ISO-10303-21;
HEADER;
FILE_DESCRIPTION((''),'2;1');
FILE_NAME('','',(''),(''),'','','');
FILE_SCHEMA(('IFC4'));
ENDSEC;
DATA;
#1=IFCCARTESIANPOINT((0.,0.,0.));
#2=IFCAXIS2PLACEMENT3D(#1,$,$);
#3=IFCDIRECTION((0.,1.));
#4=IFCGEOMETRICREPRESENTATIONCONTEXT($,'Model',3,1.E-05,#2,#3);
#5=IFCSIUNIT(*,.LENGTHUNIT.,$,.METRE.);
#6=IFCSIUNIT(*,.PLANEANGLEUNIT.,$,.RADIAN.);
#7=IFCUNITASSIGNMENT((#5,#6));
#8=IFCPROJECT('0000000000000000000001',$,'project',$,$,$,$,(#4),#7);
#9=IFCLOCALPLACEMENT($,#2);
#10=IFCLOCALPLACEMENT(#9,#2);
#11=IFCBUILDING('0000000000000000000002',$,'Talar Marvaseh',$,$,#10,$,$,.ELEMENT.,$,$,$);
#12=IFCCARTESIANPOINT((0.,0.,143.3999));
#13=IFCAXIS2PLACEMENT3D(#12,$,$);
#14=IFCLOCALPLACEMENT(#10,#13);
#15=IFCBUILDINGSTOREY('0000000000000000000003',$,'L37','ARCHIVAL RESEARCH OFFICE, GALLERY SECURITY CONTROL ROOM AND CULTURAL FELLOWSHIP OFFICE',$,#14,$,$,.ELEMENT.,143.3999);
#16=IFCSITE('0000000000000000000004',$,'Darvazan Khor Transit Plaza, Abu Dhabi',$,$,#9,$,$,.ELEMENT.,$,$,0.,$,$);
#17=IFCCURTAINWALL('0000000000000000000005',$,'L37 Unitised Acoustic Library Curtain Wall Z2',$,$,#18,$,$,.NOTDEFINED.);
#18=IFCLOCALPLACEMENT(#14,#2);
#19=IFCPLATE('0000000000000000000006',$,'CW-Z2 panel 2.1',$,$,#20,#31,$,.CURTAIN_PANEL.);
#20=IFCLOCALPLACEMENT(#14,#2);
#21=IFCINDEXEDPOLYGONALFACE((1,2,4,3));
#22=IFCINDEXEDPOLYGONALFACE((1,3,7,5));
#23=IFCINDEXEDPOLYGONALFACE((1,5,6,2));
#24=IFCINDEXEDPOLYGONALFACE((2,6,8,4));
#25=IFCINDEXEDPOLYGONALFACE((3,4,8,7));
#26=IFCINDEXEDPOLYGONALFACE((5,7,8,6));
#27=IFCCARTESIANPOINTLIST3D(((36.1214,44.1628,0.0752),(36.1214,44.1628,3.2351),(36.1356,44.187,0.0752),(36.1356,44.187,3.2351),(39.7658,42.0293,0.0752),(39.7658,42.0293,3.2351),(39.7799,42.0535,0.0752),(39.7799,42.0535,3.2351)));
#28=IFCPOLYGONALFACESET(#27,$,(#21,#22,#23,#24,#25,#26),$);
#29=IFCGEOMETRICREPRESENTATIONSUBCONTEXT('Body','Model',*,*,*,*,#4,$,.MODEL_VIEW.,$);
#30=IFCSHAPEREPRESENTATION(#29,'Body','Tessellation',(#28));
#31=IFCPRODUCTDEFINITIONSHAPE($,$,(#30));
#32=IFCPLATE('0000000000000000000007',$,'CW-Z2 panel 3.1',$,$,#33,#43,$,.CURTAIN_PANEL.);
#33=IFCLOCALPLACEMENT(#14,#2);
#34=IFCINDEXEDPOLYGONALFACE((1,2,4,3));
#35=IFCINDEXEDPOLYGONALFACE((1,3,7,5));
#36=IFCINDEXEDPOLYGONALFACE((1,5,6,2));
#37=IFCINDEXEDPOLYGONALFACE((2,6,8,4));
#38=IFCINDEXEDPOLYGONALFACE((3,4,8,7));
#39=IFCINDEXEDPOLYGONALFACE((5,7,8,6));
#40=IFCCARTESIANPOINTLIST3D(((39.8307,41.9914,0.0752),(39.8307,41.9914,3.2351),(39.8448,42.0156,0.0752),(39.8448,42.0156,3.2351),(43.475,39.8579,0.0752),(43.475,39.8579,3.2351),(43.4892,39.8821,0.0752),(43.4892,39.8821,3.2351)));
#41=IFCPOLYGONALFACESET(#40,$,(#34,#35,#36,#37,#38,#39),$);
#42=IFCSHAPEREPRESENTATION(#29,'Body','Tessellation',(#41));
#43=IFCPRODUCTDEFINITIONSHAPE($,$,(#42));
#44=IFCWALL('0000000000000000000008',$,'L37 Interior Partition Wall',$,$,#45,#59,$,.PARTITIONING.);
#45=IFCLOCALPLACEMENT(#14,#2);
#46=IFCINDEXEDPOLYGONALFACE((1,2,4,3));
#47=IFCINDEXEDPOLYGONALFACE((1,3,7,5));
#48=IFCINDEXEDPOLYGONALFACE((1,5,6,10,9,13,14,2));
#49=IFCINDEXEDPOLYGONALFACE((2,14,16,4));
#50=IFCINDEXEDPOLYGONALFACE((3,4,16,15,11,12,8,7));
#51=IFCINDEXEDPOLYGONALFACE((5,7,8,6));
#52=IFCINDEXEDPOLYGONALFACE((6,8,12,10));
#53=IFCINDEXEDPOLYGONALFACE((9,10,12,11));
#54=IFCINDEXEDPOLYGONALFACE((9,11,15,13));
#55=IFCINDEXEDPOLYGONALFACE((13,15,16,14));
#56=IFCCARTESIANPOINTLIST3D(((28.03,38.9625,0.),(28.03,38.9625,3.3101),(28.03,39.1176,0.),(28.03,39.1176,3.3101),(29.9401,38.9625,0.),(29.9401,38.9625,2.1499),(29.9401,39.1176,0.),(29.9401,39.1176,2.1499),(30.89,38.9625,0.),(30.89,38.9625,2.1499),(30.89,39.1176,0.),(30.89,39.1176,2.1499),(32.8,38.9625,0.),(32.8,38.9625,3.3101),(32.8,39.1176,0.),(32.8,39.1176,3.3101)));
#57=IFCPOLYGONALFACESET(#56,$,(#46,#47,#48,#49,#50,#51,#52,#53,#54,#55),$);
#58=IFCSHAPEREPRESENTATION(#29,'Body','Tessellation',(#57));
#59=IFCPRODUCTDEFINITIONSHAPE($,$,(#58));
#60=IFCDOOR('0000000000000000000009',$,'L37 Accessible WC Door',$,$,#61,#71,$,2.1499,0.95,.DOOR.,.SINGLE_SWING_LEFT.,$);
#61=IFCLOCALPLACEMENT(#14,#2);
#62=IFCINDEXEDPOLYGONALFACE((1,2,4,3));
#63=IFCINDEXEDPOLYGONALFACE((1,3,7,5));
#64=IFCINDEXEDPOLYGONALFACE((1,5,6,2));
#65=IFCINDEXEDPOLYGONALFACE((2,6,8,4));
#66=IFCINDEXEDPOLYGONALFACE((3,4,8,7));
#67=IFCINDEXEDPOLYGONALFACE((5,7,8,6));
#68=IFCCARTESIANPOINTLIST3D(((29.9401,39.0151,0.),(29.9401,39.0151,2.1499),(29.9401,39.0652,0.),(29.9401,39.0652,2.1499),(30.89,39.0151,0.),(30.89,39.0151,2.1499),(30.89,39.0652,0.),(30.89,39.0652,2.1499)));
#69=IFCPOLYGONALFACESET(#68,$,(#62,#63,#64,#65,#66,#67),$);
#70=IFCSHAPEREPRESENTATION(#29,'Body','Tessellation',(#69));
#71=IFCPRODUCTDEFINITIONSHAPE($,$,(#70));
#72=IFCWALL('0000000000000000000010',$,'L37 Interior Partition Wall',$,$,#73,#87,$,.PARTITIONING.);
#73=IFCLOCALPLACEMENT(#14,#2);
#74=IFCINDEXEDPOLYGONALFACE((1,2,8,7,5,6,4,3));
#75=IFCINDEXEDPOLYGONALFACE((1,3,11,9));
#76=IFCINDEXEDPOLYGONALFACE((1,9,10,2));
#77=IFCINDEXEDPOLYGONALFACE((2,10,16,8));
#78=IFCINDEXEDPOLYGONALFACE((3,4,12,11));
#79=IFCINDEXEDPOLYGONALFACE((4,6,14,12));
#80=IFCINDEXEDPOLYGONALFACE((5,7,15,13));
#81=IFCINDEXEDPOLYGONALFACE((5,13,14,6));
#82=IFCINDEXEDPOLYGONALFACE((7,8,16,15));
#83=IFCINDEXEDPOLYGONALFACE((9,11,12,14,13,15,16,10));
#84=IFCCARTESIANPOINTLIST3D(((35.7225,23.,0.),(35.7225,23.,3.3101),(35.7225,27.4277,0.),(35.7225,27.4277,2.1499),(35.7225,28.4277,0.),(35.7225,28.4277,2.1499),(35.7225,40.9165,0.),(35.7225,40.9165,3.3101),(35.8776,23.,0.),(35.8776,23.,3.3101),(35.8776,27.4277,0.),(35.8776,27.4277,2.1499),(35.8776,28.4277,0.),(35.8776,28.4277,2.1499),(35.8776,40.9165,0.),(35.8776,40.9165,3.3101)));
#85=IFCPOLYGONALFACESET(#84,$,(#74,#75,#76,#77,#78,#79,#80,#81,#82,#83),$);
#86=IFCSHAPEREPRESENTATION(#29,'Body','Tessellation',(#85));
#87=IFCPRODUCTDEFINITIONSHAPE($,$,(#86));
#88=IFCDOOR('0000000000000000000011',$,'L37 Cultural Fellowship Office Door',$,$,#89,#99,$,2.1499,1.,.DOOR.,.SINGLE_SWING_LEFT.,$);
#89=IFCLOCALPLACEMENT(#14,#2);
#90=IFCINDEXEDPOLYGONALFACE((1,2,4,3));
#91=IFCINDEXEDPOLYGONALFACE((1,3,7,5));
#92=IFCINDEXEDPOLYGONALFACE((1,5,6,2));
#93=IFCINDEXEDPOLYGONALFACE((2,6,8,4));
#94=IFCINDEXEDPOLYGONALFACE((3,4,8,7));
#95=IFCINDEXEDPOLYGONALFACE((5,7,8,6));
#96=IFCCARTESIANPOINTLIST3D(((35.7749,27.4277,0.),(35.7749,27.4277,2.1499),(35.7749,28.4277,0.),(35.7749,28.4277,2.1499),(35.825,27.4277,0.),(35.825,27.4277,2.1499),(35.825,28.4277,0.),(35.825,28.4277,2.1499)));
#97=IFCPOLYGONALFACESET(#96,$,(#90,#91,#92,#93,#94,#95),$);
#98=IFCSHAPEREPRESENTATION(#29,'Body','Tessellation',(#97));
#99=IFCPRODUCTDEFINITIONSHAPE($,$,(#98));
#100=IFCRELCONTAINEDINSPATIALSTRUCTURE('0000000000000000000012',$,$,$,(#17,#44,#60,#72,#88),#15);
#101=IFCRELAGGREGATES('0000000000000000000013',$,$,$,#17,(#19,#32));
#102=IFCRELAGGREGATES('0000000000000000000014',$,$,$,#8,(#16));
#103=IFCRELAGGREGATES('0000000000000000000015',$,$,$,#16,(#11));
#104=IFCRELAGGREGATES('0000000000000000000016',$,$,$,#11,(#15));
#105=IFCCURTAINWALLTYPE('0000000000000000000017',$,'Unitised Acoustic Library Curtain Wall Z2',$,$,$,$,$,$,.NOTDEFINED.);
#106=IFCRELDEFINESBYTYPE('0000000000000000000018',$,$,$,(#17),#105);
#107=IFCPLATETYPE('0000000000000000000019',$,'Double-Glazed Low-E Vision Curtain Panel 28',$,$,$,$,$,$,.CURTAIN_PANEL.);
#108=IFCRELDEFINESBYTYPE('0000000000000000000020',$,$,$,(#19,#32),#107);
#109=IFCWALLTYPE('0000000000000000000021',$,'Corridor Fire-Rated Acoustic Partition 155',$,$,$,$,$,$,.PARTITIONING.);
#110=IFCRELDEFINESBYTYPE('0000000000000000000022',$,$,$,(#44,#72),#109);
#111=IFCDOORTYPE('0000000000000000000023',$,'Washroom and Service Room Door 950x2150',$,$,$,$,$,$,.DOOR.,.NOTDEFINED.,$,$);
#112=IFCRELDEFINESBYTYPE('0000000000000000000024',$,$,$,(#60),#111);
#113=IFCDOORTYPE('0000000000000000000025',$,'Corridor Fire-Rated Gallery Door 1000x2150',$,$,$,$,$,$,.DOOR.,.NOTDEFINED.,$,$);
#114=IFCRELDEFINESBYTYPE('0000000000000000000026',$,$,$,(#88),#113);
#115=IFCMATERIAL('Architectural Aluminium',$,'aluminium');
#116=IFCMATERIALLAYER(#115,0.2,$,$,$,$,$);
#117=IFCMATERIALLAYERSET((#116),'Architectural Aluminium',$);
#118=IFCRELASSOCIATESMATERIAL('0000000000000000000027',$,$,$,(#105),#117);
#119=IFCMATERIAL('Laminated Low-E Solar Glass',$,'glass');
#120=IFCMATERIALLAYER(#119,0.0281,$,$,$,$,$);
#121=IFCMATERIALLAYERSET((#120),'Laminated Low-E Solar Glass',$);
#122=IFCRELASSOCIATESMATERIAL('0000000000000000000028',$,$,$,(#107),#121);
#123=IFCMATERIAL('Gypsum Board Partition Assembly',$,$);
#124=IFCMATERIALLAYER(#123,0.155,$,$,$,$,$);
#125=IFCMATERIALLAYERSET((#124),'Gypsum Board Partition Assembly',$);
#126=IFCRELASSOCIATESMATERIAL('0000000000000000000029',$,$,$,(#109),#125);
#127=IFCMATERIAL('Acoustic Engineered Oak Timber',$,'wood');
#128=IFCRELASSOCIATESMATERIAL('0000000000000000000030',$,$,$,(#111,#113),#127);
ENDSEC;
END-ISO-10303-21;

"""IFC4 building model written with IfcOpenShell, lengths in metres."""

from ifc_helpers import new_model, si_unit, direction, frame, frame_2d, origin, origin_2d, place, context, subcontext, project, spatial, rectangle, extrude, source, transform, mapped, material, layer, layer_set, type_object, type_shapes, element, fill, aggregate, save


model = new_model("IFC4")

# Units and contexts
model_context = context("Model", 3, precision=1e-05, world=origin(), true_north=direction((0.0, 1.0)))
body_context = subcontext(model_context, "Body", "Model", "MODEL_VIEW")
ifc_project = project(units=[si_unit("LENGTHUNIT", "METRE"), si_unit("PLANEANGLEUNIT", "RADIAN")], contexts=[model_context])

# Site, building, storey
site_placement = place(None, origin())
site = spatial("IfcSite", under=ifc_project, at=site_placement, Name="Darvazan Khor Transit Plaza, Abu Dhabi", CompositionType="ELEMENT", RefElevation=0.0)
building_placement = place(site_placement, origin())
building = spatial("IfcBuilding", under=site, at=building_placement, Name="Talar Marvaseh", CompositionType="ELEMENT")
storey_placement = place(building_placement, frame((0.0, 0.0, 143.3999)))
storey = spatial("IfcBuildingStorey", under=building, at=storey_placement, Name="L37", Description="ARCHIVAL RESEARCH OFFICE, GALLERY SECURITY CONTROL ROOM AND CULTURAL FELLOWSHIP OFFICE", CompositionType="ELEMENT", Elevation=143.3999)

# Curtain wall, plates
ifc_material_1 = material(Name="Architectural Aluminium", Category="aluminium")
ifc_layer_1 = layer(ifc_material_1, 0.2)
ifc_layer_set_1 = layer_set([ifc_layer_1], Name="Architectural Aluminium")
curtain_wall_type = type_object("IfcCurtainWallType", Name="Unitised Acoustic Library Curtain Wall Z2", PredefinedType="NOTDEFINED", material=ifc_layer_set_1)
curtain_wall_placement = place(storey_placement, origin())
curtain_wall = element("IfcCurtainWall", 1, at=curtain_wall_placement, inside=storey, type_object=curtain_wall_type, Name="L37 Unitised Acoustic Library Curtain Wall Z2", PredefinedType="NOTDEFINED")
ifc_material_2 = material(Name="Laminated Low-E Solar Glass", Category="glass")
ifc_layer_2 = layer(ifc_material_2, 0.0281)
ifc_layer_set_2 = layer_set([ifc_layer_2], Name="Laminated Low-E Solar Glass")
plate_type = type_object("IfcPlateType", Name="Double-Glazed Low-E Vision Curtain Panel 28", PredefinedType="CURTAIN_PANEL", material=ifc_layer_set_2)
shared_shape_1 = source(origin(), body_context, "Body", "SweptSolid", [
    extrude(rectangle(XDim=4.2229, YDim=0.0281, at=origin_2d()), origin(), (0.0, 0.0, 1.0), 3.1599),
])
plate_1_placement = place(storey_placement, frame((37.9507, 43.1082, 0.0752), z_axis=(0.0, 0.0, 1.0), x_axis=(0.862989, -0.505222, 0.0)))
plate_1 = element("IfcPlate", 2, at=plate_1_placement, type_object=plate_type, Name="CW-Z2 panel 2.1", PredefinedType="CURTAIN_PANEL", context=body_context, shape_type="MappedRepresentation", body=[
    mapped(shared_shape_1, transform((0.0, 0.0, 0.0), x_axis=(1.0, 0.0, 0.0), y_axis=(0.0, 1.0, 0.0), z_axis=(0.0, 0.0, 1.0), scale=1.0)),
])
plate_2_placement = place(storey_placement, frame((41.6599, 40.9368, 0.0752), z_axis=(0.0, 0.0, 1.0), x_axis=(0.862989, -0.505222, 0.0)))
plate_2 = element("IfcPlate", 3, at=plate_2_placement, type_object=plate_type, Name="CW-Z2 panel 3.1", PredefinedType="CURTAIN_PANEL", context=body_context, shape_type="MappedRepresentation", body=[
    mapped(shared_shape_1, transform((0.0, 0.0, 0.0), x_axis=(1.0, 0.0, 0.0), y_axis=(0.0, 1.0, 0.0), z_axis=(0.0, 0.0, 1.0), scale=1.0)),
])
aggregate(curtain_wall, [plate_1, plate_2])

# Walls, openings, doors
ifc_material_3 = material(Name="Gypsum Board Partition Assembly")
ifc_layer_3 = layer(ifc_material_3, 0.155)
ifc_layer_set_3 = layer_set([ifc_layer_3], Name="Gypsum Board Partition Assembly")
wall_type = type_object("IfcWallType", Name="Corridor Fire-Rated Acoustic Partition 155", PredefinedType="PARTITIONING", material=ifc_layer_set_3)
wall_1_placement = place(storey_placement, frame((32.8, 39.04, 0.0), z_axis=(0.0, 0.0, 1.0), x_axis=(-1.0, 0.0, 0.0)))
wall_1 = element("IfcWall", 4, at=wall_1_placement, inside=storey, type_object=wall_type, Name="L37 Interior Partition Wall", PredefinedType="PARTITIONING", context=body_context, shape_type="SweptSolid", body=[
    extrude(rectangle(XDim=4.77, YDim=0.155, at=frame_2d((2.385, 0.0))), origin(), (0.0, 0.0, 1.0), 3.3101),
])
opening_1_placement = place(wall_1_placement, frame((1.9099, 0.0, 0.0)))
opening_1 = element("IfcOpeningElement", 5, at=opening_1_placement, cuts=wall_1, PredefinedType="OPENING", context=body_context, shape_type="SweptSolid", body=[
    extrude(rectangle(XDim=0.95, YDim=2.1499, at=frame_2d((0.4751, 1.075))), frame((0.0, 0.0874, 0.0), z_axis=(0.0, -1.0, 0.0), x_axis=(1.0, 0.0, 0.0)), (0.0, 0.0, 1.0), 0.175),
])
ifc_material_4 = material(Name="Acoustic Engineered Oak Timber", Category="wood")
door_type_1 = type_object("IfcDoorType", Name="Washroom and Service Room Door 950x2150", OperationType="NOTDEFINED", PredefinedType="DOOR", material=ifc_material_4)
shared_shape_2 = source(origin(), body_context, "Body", "SweptSolid", [
    extrude(rectangle(XDim=0.95, YDim=2.1499, at=frame_2d((0.4751, 1.075))), frame((0.0, 0.0249, 0.0), z_axis=(0.0, -1.0, 0.0), x_axis=(1.0, 0.0, 0.0)), (0.0, 0.0, 1.0), 0.05),
])
type_shapes(door_type_1, [shared_shape_2])
door_1_placement = place(opening_1_placement, origin())
door_1 = element("IfcDoor", 6, at=door_1_placement, inside=storey, type_object=door_type_1, Name="L37 Accessible WC Door", OperationType="SINGLE_SWING_LEFT", OverallHeight=2.1499, OverallWidth=0.95, PredefinedType="DOOR", context=body_context, shape_type="MappedRepresentation", body=[
    mapped(shared_shape_2, transform((0.0, 0.0, 0.0), x_axis=(1.0, 0.0, 0.0), y_axis=(0.0, 1.0, 0.0), z_axis=(0.0, 0.0, 1.0), scale=1.0)),
])
fill(opening_1, door_1)
wall_2_placement = place(storey_placement, frame((35.8, 40.9165, 0.0), z_axis=(0.0, 0.0, 1.0), x_axis=(0.0, -1.0, 0.0)))
wall_2 = element("IfcWall", 7, at=wall_2_placement, inside=storey, type_object=wall_type, Name="L37 Interior Partition Wall", PredefinedType="PARTITIONING", context=body_context, shape_type="SweptSolid", body=[
    extrude(rectangle(XDim=17.9165, YDim=0.155, at=frame_2d((8.9583, 0.0))), origin(), (0.0, 0.0, 1.0), 3.3101),
])
opening_2_placement = place(wall_2_placement, frame((12.4888, 0.0, 0.0)))
opening_2 = element("IfcOpeningElement", 8, at=opening_2_placement, cuts=wall_2, PredefinedType="OPENING", context=body_context, shape_type="SweptSolid", body=[
    extrude(rectangle(XDim=1.0, YDim=2.1499, at=frame_2d((0.5, 1.075))), frame((0.0, 0.0874, 0.0), z_axis=(0.0, -1.0, 0.0), x_axis=(1.0, 0.0, 0.0)), (0.0, 0.0, 1.0), 0.175),
])
door_type_2 = type_object("IfcDoorType", Name="Corridor Fire-Rated Gallery Door 1000x2150", OperationType="NOTDEFINED", PredefinedType="DOOR", material=ifc_material_4)
shared_shape_3 = source(origin(), body_context, "Body", "SweptSolid", [
    extrude(rectangle(XDim=1.0, YDim=2.1499, at=frame_2d((0.5, 1.075))), frame((0.0, 0.0249, 0.0), z_axis=(0.0, -1.0, 0.0), x_axis=(1.0, 0.0, 0.0)), (0.0, 0.0, 1.0), 0.05),
])
type_shapes(door_type_2, [shared_shape_3])
door_2_placement = place(opening_2_placement, origin())
door_2 = element("IfcDoor", 9, at=door_2_placement, inside=storey, type_object=door_type_2, Name="L37 Cultural Fellowship Office Door", OperationType="SINGLE_SWING_LEFT", OverallHeight=2.1499, OverallWidth=1.0, PredefinedType="DOOR", context=body_context, shape_type="MappedRepresentation", body=[
    mapped(shared_shape_3, transform((0.0, 0.0, 0.0), x_axis=(1.0, 0.0, 0.0), y_axis=(0.0, 1.0, 0.0), z_axis=(0.0, 0.0, 1.0), scale=1.0)),
])
fill(opening_2, door_2)

save(model, "model.ifc")
